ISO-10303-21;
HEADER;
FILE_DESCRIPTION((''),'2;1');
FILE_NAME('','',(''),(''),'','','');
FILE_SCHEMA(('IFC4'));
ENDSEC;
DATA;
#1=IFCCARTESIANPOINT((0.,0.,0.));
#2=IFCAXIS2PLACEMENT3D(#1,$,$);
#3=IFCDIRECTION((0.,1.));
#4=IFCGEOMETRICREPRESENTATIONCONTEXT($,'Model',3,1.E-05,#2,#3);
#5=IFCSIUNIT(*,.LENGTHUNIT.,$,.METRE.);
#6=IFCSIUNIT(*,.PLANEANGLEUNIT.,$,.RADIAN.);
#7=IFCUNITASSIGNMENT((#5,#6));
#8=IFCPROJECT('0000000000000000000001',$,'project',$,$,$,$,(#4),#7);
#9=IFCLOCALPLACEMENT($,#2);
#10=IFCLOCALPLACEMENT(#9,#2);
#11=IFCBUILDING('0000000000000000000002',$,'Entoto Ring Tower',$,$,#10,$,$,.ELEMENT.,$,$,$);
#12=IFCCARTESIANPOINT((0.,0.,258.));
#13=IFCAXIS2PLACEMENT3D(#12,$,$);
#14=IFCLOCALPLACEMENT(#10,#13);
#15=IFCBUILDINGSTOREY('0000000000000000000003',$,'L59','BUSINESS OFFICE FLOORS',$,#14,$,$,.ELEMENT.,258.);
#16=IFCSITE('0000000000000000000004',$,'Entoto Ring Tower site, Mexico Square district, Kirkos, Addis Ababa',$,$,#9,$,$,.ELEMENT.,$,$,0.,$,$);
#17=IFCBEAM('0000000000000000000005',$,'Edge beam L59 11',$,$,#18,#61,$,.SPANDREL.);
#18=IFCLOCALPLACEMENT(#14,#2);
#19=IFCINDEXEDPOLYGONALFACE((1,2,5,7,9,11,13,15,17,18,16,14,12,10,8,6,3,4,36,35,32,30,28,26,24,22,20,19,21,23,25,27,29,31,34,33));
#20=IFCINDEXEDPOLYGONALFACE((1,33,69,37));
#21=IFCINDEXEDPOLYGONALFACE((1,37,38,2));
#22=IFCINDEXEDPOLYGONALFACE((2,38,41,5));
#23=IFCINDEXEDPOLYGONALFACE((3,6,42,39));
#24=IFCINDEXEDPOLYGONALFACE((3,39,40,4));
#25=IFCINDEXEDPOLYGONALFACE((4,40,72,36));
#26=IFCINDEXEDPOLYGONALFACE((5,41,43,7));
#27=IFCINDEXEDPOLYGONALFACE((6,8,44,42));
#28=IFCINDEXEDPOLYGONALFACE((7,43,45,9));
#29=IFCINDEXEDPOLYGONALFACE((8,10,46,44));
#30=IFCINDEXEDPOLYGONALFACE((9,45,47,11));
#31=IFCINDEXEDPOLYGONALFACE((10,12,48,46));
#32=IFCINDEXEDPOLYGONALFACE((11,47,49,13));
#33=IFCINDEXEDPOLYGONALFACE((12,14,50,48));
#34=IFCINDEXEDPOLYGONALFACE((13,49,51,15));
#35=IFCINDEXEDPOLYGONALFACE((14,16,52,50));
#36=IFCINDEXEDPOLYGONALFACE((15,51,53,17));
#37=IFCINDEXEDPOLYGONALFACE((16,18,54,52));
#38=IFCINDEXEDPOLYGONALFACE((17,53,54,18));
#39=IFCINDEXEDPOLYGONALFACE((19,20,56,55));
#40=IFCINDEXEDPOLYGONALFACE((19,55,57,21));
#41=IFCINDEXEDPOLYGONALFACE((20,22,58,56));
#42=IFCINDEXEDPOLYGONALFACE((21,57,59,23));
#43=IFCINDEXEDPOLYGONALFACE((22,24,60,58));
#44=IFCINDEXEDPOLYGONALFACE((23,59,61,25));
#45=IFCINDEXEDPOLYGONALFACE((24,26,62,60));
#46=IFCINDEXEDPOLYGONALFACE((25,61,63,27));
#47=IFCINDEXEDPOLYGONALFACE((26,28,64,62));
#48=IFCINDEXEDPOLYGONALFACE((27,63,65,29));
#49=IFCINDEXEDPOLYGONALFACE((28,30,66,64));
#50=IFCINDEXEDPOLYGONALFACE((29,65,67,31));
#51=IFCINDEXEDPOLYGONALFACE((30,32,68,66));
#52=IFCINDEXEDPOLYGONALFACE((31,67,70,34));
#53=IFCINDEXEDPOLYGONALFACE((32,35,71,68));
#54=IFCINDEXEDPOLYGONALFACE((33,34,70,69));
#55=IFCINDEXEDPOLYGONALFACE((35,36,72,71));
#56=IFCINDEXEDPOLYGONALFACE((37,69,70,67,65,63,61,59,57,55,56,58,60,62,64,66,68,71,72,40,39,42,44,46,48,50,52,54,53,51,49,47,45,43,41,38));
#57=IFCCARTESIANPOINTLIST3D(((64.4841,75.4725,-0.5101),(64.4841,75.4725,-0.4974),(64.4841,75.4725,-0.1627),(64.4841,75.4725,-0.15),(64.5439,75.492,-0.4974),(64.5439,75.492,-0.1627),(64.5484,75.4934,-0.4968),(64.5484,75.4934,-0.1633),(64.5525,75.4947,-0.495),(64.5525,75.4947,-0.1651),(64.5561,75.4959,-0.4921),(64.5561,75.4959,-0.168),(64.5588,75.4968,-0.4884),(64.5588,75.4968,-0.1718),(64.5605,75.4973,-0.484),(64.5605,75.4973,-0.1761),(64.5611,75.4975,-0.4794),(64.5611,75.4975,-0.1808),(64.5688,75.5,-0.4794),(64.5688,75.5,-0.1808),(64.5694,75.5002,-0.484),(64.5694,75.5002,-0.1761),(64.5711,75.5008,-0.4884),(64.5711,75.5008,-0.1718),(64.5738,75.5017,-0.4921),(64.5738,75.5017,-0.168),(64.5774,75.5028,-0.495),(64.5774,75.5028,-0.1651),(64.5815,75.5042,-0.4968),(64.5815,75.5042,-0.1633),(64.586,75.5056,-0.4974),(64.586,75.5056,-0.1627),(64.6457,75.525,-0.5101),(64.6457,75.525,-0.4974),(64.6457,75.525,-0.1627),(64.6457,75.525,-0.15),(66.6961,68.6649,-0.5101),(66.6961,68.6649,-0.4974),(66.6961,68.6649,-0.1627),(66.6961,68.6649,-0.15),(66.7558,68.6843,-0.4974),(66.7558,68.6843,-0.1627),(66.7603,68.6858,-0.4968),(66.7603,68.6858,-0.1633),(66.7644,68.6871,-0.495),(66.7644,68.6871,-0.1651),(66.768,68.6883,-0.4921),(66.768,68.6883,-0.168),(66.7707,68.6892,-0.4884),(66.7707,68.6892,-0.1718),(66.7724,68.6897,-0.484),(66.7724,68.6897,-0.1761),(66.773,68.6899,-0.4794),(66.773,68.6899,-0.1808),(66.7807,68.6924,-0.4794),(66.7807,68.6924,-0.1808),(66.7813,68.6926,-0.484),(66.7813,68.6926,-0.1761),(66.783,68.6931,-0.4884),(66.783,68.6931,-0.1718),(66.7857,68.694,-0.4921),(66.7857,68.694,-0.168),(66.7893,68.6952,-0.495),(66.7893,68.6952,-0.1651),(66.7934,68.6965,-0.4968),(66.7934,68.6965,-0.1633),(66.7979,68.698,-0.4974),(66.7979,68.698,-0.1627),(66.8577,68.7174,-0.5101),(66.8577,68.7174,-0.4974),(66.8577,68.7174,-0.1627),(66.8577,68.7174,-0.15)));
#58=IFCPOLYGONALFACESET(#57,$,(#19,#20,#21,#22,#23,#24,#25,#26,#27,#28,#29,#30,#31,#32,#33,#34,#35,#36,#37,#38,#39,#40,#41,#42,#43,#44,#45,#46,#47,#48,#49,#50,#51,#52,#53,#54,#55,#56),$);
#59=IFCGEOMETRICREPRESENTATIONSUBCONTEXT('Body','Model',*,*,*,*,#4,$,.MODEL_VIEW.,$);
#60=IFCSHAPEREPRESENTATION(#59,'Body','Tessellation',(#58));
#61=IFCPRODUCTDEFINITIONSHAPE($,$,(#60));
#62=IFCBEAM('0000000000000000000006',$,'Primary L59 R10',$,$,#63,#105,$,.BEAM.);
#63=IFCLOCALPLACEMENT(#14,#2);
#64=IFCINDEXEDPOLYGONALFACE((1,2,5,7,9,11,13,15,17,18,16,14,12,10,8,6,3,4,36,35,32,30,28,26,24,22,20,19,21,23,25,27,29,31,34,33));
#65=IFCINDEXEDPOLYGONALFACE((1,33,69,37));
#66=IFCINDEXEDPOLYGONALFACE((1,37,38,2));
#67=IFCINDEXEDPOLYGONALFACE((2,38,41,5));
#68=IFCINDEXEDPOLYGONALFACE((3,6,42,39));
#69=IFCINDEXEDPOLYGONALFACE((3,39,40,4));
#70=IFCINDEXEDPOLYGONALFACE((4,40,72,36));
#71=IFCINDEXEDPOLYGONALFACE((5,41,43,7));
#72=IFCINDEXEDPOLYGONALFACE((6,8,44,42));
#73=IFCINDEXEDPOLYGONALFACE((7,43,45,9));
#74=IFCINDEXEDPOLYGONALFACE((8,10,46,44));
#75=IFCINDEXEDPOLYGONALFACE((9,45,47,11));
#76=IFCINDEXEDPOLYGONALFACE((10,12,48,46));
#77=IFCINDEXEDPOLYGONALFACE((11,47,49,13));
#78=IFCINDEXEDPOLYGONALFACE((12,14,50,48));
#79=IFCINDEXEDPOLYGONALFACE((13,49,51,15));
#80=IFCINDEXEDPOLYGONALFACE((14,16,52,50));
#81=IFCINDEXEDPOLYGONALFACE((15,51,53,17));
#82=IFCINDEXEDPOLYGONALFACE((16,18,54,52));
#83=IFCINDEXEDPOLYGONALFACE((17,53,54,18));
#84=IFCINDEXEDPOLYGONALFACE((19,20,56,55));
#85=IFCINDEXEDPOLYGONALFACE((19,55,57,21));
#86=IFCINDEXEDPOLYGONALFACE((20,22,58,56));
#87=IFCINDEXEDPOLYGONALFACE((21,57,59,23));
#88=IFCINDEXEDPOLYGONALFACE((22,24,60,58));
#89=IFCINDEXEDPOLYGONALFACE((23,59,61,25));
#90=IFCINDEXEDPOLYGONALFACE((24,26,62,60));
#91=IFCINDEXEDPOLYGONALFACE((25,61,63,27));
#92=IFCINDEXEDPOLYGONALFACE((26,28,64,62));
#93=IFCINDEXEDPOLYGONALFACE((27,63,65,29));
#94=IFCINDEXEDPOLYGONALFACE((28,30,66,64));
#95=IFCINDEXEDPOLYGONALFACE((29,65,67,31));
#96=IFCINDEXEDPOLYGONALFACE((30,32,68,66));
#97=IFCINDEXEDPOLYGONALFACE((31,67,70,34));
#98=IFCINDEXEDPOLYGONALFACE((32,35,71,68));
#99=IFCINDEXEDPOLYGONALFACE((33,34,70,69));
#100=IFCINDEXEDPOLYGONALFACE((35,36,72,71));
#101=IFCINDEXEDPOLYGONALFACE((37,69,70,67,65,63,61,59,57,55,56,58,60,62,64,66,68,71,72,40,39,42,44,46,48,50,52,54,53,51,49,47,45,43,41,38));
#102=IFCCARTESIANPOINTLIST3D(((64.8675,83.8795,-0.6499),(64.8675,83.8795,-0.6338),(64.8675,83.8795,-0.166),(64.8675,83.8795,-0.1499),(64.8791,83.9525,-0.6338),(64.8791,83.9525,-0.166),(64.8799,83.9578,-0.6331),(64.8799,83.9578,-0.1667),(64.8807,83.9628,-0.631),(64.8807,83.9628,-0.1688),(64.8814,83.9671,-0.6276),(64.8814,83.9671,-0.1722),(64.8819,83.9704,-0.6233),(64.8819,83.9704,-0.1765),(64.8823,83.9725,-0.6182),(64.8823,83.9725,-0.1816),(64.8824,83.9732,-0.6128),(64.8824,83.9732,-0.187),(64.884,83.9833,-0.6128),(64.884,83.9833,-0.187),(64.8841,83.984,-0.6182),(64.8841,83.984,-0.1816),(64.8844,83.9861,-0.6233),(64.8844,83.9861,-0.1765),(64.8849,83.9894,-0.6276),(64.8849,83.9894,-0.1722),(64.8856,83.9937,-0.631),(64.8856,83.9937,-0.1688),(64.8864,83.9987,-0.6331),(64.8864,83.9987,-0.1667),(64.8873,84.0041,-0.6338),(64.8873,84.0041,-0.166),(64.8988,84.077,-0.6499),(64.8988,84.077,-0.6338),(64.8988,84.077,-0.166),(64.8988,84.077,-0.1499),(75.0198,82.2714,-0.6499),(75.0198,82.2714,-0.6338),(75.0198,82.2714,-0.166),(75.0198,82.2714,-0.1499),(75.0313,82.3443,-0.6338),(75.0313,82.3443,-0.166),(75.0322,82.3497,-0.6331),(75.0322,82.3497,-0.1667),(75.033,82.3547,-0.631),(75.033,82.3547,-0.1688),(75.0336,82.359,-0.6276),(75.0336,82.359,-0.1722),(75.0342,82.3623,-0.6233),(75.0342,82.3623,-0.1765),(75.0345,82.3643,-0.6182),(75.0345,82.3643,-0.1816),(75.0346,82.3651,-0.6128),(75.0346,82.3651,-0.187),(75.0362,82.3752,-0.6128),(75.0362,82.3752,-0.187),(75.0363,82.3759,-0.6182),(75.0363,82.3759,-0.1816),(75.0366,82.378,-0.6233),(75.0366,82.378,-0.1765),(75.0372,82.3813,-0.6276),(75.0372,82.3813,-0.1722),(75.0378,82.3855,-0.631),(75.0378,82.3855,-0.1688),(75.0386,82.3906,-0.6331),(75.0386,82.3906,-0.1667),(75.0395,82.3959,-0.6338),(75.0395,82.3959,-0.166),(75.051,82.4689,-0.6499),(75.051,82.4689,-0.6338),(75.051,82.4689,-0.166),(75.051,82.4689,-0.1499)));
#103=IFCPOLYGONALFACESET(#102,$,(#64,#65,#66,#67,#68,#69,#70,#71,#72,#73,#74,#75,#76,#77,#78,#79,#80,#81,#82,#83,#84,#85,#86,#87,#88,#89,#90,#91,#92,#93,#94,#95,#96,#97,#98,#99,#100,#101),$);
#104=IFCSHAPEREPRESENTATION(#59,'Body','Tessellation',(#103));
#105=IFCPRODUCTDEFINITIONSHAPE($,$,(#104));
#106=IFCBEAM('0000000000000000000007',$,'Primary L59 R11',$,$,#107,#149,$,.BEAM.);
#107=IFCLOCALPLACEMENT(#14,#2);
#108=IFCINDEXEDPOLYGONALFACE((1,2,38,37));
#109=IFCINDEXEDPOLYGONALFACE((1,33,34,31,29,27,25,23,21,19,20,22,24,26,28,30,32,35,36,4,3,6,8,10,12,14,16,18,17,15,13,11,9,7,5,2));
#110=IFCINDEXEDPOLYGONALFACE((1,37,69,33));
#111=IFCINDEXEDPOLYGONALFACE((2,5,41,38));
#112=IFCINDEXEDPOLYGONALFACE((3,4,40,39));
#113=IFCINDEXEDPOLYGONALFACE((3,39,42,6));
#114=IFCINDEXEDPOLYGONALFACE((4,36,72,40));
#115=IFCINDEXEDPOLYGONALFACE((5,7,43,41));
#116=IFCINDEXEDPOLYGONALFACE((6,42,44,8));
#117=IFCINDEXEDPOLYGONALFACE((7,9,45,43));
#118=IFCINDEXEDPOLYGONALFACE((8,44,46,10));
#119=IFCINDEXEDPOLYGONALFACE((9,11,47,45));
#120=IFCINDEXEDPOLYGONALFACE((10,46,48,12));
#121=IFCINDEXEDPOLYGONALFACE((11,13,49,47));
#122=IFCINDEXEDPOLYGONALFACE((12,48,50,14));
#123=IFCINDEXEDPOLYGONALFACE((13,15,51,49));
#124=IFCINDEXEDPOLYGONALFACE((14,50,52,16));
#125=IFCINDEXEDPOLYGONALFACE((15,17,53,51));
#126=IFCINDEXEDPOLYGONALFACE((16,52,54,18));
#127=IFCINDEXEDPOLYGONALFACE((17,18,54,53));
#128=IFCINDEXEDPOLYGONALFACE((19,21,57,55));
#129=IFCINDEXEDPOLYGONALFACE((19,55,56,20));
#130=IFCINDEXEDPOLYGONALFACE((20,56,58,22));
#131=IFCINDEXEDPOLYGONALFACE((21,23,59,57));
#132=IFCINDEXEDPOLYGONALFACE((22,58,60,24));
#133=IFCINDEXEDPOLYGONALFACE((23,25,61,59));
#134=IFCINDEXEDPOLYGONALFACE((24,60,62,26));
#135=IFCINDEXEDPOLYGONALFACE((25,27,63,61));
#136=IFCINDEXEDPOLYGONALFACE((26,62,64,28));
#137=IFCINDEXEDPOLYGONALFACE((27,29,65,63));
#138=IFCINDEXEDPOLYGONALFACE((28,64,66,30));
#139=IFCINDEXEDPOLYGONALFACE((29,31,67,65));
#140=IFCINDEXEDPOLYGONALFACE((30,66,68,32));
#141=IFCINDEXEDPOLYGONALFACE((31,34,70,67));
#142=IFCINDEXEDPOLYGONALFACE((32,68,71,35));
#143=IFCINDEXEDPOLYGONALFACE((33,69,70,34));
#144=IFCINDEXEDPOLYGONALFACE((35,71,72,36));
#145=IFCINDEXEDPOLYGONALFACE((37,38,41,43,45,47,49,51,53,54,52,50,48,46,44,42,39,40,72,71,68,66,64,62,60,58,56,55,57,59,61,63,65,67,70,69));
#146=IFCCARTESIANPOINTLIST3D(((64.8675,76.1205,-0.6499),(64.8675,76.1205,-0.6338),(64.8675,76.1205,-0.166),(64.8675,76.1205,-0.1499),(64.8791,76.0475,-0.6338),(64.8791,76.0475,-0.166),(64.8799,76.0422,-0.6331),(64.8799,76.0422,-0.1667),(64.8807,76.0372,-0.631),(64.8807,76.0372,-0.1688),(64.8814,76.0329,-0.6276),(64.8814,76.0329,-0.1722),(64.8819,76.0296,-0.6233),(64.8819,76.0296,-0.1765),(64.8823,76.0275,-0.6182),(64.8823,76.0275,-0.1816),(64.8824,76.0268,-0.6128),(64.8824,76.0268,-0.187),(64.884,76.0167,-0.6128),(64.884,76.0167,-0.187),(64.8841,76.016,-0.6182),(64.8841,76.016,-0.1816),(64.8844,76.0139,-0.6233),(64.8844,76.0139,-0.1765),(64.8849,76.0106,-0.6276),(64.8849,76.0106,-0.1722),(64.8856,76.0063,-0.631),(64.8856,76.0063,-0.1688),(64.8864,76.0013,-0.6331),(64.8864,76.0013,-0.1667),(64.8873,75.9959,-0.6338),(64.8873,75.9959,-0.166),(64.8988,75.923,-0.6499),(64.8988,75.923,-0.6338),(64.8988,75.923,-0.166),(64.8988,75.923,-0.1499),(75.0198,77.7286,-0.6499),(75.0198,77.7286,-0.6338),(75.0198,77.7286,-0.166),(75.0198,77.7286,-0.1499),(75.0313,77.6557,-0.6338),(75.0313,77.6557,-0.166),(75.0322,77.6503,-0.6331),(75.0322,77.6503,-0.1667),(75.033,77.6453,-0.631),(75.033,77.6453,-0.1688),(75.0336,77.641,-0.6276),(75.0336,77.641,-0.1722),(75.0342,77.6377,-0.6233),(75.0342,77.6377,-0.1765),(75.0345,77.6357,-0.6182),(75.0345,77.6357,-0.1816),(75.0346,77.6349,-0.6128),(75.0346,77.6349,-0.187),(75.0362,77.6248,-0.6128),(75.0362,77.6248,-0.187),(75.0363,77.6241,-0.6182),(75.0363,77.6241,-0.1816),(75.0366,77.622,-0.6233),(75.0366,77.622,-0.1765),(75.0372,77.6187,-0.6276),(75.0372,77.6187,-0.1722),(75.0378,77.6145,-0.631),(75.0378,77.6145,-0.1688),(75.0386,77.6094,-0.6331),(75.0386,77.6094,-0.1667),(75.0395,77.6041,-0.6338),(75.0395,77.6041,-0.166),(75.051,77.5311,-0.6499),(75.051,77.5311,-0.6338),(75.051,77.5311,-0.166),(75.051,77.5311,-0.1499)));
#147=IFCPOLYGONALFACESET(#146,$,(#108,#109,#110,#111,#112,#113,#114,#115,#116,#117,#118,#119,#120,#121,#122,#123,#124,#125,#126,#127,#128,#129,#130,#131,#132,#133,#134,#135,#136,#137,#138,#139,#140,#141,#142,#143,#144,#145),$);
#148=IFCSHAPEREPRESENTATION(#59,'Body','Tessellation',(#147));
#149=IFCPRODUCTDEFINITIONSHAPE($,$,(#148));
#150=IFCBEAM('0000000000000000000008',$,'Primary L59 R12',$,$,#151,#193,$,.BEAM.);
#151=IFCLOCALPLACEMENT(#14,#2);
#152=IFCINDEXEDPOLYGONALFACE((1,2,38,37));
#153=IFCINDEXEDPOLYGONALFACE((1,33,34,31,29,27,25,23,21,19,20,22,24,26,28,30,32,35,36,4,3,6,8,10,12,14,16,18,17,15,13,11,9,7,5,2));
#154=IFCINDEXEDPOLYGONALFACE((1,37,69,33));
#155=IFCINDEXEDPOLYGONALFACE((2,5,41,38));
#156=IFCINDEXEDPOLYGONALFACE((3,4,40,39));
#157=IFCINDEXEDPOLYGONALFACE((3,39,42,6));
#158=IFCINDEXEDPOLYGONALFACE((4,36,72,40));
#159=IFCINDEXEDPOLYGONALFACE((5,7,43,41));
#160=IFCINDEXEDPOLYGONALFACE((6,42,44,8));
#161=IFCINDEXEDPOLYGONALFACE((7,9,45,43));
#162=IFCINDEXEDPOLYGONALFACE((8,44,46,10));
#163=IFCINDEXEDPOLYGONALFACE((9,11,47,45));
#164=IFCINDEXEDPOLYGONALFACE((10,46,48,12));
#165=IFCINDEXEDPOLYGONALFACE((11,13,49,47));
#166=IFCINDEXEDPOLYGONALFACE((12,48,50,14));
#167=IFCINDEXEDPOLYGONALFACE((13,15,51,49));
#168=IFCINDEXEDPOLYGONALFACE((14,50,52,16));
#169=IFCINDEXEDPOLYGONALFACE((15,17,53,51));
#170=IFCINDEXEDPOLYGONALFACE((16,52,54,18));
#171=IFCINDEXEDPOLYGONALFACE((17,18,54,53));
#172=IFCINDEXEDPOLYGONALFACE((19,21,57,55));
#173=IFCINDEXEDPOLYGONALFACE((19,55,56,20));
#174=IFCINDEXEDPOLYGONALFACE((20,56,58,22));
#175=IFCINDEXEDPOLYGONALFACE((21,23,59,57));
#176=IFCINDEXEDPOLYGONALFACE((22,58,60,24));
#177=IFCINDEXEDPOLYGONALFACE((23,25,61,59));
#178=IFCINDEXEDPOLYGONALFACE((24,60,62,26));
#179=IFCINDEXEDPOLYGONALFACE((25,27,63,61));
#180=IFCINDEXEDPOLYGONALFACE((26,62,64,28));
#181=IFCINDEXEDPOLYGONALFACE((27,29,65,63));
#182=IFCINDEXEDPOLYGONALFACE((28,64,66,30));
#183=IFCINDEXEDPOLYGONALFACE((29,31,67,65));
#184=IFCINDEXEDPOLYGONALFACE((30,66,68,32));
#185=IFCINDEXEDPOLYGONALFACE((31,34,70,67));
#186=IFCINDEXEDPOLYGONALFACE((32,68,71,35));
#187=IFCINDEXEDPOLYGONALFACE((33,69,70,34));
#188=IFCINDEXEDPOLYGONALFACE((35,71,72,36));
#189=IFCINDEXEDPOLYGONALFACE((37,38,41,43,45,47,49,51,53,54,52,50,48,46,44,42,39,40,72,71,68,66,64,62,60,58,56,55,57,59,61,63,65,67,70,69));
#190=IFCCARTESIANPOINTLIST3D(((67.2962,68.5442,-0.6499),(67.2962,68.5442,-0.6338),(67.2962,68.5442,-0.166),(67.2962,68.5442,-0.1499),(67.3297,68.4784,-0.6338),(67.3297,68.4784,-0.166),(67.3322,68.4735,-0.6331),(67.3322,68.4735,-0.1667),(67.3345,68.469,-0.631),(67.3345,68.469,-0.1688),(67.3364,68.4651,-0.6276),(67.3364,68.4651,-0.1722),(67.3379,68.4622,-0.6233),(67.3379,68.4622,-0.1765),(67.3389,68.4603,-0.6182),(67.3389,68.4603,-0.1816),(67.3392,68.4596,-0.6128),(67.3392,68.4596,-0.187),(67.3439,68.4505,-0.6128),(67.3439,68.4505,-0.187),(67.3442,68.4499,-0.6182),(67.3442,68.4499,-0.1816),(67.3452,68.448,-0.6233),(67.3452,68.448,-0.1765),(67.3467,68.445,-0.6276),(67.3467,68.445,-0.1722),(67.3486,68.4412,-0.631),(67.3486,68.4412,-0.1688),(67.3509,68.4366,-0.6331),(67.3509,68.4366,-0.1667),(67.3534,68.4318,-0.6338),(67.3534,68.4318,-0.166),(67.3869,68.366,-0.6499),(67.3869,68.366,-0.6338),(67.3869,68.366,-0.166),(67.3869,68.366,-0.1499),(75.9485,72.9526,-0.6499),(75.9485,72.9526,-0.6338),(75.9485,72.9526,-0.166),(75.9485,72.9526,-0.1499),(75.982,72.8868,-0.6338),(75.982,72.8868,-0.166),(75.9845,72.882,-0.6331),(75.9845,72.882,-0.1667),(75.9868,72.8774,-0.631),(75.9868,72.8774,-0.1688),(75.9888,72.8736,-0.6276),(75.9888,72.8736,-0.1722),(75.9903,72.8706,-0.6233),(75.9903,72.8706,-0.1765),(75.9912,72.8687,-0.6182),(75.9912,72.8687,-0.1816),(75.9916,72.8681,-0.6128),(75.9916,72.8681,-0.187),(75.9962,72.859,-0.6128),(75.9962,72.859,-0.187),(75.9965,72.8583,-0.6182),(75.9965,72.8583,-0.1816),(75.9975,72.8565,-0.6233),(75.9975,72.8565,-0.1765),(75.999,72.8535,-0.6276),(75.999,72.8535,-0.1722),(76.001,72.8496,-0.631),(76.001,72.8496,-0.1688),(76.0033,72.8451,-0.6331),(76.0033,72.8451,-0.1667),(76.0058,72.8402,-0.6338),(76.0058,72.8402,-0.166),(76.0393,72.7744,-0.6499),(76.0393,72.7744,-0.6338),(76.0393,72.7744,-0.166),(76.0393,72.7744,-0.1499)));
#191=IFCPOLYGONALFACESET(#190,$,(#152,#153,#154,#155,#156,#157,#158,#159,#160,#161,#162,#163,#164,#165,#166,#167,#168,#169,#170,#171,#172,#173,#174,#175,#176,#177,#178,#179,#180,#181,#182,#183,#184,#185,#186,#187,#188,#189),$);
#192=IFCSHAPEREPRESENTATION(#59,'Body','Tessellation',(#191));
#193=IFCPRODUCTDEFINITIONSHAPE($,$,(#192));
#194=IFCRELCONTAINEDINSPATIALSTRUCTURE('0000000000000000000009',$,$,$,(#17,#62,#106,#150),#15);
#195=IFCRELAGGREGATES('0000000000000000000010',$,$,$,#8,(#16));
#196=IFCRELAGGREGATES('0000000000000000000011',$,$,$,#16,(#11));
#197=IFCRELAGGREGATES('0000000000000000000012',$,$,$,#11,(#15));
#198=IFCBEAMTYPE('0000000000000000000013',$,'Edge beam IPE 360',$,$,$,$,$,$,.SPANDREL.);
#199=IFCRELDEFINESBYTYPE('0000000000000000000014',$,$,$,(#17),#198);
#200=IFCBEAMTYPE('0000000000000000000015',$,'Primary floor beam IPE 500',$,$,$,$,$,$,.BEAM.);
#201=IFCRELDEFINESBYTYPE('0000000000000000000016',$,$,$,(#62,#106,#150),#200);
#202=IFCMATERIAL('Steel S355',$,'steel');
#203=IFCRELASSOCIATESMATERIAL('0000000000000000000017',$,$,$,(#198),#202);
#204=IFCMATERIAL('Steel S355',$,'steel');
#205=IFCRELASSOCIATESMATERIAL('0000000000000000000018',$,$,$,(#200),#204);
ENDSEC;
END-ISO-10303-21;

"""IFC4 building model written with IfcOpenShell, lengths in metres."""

from ifc_helpers import new_model, si_unit, direction, frame, origin, origin_2d, place, context, subcontext, project, spatial, i_section, extrude, material, material_profile, profile_set, type_object, element, save


model = new_model("IFC4")

# Units and contexts
model_context = context("Model", 3, precision=1e-05, world=origin(), true_north=direction((0.0, 1.0)))
body_context = subcontext(model_context, "Body", "Model", "MODEL_VIEW")
ifc_project = project(units=[si_unit("LENGTHUNIT", "METRE"), si_unit("PLANEANGLEUNIT", "RADIAN")], contexts=[model_context])

# Site, building, storey
site_placement = place(None, origin())
site = spatial("IfcSite", under=ifc_project, at=site_placement, Name="Entoto Ring Tower site, Mexico Square district, Kirkos, Addis Ababa", CompositionType="ELEMENT", RefElevation=0.0)
building_placement = place(site_placement, origin())
building = spatial("IfcBuilding", under=site, at=building_placement, Name="Entoto Ring Tower", CompositionType="ELEMENT")
storey_placement = place(building_placement, frame((0.0, 0.0, 258.0)))
storey = spatial("IfcBuildingStorey", under=building, at=storey_placement, Name="L59", Description="BUSINESS OFFICE FLOORS", CompositionType="ELEMENT", Elevation=258.0)

# Beams
ifc_material_1 = material(Name="Steel S355", Category="steel")
ifc_material_profile_1 = material_profile(ifc_material_1, i_section(OverallWidth=0.1699, OverallDepth=0.3601, WebThickness=0.0081, FlangeThickness=0.0127, FilletRadius=0.0181, at=origin_2d()), Name="IPE 360")
ifc_profile_set_1 = profile_set([ifc_material_profile_1], Name="Steel S355")
beam_type_1 = type_object("IfcBeamType", Name="Edge beam IPE 360", PredefinedType="SPANDREL", material=ifc_profile_set_1)
beam_1_placement = place(storey_placement, frame((64.5649, 75.4988, -0.3301), z_axis=(0.309015, -0.951057, 0.0), x_axis=(0.951057, 0.309015, 0.0)))
element("IfcBeam", 1, at=beam_1_placement, inside=storey, type_object=beam_type_1, Name="Edge beam L59 11", PredefinedType="SPANDREL", context=body_context, shape_type="SweptSolid", body=[
    extrude(i_section(OverallWidth=0.1699, OverallDepth=0.3601, WebThickness=0.0081, FlangeThickness=0.0127, FilletRadius=0.0181, at=origin_2d()), origin(), (0.0, 0.0, 1.0), 7.158),
])
ifc_material_2 = material(Name="Steel S355", Category="steel")
ifc_material_profile_2 = material_profile(ifc_material_2, i_section(OverallWidth=0.2, OverallDepth=0.5, WebThickness=0.0103, FlangeThickness=0.0161, FilletRadius=0.021, at=origin_2d()), Name="IPE 500")
ifc_profile_set_2 = profile_set([ifc_material_profile_2], Name="Steel S355")
beam_type_2 = type_object("IfcBeamType", Name="Primary floor beam IPE 500", PredefinedType="BEAM", material=ifc_profile_set_2)
for number, where, z_axis, x_axis, name in (
    (2, (75.0354, 82.3701, -0.3999), (-0.987686, 0.156452, 0.0), (-0.156452, -0.987686, 0.0), "Primary L59 R10"),
    (3, (75.0354, 77.6299, -0.3999), (-0.987686, -0.156452, 0.0), (0.156452, -0.987686, 0.0), "Primary L59 R11"),
):
    element("IfcBeam", number, at=place(storey_placement, frame(where, z_axis=z_axis, x_axis=x_axis)), inside=storey, type_object=beam_type_2, Name=name, PredefinedType="BEAM", context=body_context, shape_type="SweptSolid", body=[
        extrude(i_section(OverallWidth=0.2, OverallDepth=0.5, WebThickness=0.0103, FlangeThickness=0.0161, FilletRadius=0.021, at=origin_2d()), origin(), (0.0, 0.0, 1.0), 10.2788),
    ])
beam_2_placement = place(storey_placement, frame((75.9939, 72.8635, -0.3999), z_axis=(-0.891012, -0.453979, 0.0), x_axis=(0.453979, -0.891012, 0.0)))
element("IfcBeam", 4, at=beam_2_placement, inside=storey, type_object=beam_type_2, Name="Primary L59 R12", PredefinedType="BEAM", context=body_context, shape_type="SweptSolid", body=[
    extrude(i_section(OverallWidth=0.2, OverallDepth=0.5, WebThickness=0.0103, FlangeThickness=0.0161, FilletRadius=0.021, at=origin_2d()), origin(), (0.0, 0.0, 1.0), 9.7107),
])

save(model, "model.ifc")
